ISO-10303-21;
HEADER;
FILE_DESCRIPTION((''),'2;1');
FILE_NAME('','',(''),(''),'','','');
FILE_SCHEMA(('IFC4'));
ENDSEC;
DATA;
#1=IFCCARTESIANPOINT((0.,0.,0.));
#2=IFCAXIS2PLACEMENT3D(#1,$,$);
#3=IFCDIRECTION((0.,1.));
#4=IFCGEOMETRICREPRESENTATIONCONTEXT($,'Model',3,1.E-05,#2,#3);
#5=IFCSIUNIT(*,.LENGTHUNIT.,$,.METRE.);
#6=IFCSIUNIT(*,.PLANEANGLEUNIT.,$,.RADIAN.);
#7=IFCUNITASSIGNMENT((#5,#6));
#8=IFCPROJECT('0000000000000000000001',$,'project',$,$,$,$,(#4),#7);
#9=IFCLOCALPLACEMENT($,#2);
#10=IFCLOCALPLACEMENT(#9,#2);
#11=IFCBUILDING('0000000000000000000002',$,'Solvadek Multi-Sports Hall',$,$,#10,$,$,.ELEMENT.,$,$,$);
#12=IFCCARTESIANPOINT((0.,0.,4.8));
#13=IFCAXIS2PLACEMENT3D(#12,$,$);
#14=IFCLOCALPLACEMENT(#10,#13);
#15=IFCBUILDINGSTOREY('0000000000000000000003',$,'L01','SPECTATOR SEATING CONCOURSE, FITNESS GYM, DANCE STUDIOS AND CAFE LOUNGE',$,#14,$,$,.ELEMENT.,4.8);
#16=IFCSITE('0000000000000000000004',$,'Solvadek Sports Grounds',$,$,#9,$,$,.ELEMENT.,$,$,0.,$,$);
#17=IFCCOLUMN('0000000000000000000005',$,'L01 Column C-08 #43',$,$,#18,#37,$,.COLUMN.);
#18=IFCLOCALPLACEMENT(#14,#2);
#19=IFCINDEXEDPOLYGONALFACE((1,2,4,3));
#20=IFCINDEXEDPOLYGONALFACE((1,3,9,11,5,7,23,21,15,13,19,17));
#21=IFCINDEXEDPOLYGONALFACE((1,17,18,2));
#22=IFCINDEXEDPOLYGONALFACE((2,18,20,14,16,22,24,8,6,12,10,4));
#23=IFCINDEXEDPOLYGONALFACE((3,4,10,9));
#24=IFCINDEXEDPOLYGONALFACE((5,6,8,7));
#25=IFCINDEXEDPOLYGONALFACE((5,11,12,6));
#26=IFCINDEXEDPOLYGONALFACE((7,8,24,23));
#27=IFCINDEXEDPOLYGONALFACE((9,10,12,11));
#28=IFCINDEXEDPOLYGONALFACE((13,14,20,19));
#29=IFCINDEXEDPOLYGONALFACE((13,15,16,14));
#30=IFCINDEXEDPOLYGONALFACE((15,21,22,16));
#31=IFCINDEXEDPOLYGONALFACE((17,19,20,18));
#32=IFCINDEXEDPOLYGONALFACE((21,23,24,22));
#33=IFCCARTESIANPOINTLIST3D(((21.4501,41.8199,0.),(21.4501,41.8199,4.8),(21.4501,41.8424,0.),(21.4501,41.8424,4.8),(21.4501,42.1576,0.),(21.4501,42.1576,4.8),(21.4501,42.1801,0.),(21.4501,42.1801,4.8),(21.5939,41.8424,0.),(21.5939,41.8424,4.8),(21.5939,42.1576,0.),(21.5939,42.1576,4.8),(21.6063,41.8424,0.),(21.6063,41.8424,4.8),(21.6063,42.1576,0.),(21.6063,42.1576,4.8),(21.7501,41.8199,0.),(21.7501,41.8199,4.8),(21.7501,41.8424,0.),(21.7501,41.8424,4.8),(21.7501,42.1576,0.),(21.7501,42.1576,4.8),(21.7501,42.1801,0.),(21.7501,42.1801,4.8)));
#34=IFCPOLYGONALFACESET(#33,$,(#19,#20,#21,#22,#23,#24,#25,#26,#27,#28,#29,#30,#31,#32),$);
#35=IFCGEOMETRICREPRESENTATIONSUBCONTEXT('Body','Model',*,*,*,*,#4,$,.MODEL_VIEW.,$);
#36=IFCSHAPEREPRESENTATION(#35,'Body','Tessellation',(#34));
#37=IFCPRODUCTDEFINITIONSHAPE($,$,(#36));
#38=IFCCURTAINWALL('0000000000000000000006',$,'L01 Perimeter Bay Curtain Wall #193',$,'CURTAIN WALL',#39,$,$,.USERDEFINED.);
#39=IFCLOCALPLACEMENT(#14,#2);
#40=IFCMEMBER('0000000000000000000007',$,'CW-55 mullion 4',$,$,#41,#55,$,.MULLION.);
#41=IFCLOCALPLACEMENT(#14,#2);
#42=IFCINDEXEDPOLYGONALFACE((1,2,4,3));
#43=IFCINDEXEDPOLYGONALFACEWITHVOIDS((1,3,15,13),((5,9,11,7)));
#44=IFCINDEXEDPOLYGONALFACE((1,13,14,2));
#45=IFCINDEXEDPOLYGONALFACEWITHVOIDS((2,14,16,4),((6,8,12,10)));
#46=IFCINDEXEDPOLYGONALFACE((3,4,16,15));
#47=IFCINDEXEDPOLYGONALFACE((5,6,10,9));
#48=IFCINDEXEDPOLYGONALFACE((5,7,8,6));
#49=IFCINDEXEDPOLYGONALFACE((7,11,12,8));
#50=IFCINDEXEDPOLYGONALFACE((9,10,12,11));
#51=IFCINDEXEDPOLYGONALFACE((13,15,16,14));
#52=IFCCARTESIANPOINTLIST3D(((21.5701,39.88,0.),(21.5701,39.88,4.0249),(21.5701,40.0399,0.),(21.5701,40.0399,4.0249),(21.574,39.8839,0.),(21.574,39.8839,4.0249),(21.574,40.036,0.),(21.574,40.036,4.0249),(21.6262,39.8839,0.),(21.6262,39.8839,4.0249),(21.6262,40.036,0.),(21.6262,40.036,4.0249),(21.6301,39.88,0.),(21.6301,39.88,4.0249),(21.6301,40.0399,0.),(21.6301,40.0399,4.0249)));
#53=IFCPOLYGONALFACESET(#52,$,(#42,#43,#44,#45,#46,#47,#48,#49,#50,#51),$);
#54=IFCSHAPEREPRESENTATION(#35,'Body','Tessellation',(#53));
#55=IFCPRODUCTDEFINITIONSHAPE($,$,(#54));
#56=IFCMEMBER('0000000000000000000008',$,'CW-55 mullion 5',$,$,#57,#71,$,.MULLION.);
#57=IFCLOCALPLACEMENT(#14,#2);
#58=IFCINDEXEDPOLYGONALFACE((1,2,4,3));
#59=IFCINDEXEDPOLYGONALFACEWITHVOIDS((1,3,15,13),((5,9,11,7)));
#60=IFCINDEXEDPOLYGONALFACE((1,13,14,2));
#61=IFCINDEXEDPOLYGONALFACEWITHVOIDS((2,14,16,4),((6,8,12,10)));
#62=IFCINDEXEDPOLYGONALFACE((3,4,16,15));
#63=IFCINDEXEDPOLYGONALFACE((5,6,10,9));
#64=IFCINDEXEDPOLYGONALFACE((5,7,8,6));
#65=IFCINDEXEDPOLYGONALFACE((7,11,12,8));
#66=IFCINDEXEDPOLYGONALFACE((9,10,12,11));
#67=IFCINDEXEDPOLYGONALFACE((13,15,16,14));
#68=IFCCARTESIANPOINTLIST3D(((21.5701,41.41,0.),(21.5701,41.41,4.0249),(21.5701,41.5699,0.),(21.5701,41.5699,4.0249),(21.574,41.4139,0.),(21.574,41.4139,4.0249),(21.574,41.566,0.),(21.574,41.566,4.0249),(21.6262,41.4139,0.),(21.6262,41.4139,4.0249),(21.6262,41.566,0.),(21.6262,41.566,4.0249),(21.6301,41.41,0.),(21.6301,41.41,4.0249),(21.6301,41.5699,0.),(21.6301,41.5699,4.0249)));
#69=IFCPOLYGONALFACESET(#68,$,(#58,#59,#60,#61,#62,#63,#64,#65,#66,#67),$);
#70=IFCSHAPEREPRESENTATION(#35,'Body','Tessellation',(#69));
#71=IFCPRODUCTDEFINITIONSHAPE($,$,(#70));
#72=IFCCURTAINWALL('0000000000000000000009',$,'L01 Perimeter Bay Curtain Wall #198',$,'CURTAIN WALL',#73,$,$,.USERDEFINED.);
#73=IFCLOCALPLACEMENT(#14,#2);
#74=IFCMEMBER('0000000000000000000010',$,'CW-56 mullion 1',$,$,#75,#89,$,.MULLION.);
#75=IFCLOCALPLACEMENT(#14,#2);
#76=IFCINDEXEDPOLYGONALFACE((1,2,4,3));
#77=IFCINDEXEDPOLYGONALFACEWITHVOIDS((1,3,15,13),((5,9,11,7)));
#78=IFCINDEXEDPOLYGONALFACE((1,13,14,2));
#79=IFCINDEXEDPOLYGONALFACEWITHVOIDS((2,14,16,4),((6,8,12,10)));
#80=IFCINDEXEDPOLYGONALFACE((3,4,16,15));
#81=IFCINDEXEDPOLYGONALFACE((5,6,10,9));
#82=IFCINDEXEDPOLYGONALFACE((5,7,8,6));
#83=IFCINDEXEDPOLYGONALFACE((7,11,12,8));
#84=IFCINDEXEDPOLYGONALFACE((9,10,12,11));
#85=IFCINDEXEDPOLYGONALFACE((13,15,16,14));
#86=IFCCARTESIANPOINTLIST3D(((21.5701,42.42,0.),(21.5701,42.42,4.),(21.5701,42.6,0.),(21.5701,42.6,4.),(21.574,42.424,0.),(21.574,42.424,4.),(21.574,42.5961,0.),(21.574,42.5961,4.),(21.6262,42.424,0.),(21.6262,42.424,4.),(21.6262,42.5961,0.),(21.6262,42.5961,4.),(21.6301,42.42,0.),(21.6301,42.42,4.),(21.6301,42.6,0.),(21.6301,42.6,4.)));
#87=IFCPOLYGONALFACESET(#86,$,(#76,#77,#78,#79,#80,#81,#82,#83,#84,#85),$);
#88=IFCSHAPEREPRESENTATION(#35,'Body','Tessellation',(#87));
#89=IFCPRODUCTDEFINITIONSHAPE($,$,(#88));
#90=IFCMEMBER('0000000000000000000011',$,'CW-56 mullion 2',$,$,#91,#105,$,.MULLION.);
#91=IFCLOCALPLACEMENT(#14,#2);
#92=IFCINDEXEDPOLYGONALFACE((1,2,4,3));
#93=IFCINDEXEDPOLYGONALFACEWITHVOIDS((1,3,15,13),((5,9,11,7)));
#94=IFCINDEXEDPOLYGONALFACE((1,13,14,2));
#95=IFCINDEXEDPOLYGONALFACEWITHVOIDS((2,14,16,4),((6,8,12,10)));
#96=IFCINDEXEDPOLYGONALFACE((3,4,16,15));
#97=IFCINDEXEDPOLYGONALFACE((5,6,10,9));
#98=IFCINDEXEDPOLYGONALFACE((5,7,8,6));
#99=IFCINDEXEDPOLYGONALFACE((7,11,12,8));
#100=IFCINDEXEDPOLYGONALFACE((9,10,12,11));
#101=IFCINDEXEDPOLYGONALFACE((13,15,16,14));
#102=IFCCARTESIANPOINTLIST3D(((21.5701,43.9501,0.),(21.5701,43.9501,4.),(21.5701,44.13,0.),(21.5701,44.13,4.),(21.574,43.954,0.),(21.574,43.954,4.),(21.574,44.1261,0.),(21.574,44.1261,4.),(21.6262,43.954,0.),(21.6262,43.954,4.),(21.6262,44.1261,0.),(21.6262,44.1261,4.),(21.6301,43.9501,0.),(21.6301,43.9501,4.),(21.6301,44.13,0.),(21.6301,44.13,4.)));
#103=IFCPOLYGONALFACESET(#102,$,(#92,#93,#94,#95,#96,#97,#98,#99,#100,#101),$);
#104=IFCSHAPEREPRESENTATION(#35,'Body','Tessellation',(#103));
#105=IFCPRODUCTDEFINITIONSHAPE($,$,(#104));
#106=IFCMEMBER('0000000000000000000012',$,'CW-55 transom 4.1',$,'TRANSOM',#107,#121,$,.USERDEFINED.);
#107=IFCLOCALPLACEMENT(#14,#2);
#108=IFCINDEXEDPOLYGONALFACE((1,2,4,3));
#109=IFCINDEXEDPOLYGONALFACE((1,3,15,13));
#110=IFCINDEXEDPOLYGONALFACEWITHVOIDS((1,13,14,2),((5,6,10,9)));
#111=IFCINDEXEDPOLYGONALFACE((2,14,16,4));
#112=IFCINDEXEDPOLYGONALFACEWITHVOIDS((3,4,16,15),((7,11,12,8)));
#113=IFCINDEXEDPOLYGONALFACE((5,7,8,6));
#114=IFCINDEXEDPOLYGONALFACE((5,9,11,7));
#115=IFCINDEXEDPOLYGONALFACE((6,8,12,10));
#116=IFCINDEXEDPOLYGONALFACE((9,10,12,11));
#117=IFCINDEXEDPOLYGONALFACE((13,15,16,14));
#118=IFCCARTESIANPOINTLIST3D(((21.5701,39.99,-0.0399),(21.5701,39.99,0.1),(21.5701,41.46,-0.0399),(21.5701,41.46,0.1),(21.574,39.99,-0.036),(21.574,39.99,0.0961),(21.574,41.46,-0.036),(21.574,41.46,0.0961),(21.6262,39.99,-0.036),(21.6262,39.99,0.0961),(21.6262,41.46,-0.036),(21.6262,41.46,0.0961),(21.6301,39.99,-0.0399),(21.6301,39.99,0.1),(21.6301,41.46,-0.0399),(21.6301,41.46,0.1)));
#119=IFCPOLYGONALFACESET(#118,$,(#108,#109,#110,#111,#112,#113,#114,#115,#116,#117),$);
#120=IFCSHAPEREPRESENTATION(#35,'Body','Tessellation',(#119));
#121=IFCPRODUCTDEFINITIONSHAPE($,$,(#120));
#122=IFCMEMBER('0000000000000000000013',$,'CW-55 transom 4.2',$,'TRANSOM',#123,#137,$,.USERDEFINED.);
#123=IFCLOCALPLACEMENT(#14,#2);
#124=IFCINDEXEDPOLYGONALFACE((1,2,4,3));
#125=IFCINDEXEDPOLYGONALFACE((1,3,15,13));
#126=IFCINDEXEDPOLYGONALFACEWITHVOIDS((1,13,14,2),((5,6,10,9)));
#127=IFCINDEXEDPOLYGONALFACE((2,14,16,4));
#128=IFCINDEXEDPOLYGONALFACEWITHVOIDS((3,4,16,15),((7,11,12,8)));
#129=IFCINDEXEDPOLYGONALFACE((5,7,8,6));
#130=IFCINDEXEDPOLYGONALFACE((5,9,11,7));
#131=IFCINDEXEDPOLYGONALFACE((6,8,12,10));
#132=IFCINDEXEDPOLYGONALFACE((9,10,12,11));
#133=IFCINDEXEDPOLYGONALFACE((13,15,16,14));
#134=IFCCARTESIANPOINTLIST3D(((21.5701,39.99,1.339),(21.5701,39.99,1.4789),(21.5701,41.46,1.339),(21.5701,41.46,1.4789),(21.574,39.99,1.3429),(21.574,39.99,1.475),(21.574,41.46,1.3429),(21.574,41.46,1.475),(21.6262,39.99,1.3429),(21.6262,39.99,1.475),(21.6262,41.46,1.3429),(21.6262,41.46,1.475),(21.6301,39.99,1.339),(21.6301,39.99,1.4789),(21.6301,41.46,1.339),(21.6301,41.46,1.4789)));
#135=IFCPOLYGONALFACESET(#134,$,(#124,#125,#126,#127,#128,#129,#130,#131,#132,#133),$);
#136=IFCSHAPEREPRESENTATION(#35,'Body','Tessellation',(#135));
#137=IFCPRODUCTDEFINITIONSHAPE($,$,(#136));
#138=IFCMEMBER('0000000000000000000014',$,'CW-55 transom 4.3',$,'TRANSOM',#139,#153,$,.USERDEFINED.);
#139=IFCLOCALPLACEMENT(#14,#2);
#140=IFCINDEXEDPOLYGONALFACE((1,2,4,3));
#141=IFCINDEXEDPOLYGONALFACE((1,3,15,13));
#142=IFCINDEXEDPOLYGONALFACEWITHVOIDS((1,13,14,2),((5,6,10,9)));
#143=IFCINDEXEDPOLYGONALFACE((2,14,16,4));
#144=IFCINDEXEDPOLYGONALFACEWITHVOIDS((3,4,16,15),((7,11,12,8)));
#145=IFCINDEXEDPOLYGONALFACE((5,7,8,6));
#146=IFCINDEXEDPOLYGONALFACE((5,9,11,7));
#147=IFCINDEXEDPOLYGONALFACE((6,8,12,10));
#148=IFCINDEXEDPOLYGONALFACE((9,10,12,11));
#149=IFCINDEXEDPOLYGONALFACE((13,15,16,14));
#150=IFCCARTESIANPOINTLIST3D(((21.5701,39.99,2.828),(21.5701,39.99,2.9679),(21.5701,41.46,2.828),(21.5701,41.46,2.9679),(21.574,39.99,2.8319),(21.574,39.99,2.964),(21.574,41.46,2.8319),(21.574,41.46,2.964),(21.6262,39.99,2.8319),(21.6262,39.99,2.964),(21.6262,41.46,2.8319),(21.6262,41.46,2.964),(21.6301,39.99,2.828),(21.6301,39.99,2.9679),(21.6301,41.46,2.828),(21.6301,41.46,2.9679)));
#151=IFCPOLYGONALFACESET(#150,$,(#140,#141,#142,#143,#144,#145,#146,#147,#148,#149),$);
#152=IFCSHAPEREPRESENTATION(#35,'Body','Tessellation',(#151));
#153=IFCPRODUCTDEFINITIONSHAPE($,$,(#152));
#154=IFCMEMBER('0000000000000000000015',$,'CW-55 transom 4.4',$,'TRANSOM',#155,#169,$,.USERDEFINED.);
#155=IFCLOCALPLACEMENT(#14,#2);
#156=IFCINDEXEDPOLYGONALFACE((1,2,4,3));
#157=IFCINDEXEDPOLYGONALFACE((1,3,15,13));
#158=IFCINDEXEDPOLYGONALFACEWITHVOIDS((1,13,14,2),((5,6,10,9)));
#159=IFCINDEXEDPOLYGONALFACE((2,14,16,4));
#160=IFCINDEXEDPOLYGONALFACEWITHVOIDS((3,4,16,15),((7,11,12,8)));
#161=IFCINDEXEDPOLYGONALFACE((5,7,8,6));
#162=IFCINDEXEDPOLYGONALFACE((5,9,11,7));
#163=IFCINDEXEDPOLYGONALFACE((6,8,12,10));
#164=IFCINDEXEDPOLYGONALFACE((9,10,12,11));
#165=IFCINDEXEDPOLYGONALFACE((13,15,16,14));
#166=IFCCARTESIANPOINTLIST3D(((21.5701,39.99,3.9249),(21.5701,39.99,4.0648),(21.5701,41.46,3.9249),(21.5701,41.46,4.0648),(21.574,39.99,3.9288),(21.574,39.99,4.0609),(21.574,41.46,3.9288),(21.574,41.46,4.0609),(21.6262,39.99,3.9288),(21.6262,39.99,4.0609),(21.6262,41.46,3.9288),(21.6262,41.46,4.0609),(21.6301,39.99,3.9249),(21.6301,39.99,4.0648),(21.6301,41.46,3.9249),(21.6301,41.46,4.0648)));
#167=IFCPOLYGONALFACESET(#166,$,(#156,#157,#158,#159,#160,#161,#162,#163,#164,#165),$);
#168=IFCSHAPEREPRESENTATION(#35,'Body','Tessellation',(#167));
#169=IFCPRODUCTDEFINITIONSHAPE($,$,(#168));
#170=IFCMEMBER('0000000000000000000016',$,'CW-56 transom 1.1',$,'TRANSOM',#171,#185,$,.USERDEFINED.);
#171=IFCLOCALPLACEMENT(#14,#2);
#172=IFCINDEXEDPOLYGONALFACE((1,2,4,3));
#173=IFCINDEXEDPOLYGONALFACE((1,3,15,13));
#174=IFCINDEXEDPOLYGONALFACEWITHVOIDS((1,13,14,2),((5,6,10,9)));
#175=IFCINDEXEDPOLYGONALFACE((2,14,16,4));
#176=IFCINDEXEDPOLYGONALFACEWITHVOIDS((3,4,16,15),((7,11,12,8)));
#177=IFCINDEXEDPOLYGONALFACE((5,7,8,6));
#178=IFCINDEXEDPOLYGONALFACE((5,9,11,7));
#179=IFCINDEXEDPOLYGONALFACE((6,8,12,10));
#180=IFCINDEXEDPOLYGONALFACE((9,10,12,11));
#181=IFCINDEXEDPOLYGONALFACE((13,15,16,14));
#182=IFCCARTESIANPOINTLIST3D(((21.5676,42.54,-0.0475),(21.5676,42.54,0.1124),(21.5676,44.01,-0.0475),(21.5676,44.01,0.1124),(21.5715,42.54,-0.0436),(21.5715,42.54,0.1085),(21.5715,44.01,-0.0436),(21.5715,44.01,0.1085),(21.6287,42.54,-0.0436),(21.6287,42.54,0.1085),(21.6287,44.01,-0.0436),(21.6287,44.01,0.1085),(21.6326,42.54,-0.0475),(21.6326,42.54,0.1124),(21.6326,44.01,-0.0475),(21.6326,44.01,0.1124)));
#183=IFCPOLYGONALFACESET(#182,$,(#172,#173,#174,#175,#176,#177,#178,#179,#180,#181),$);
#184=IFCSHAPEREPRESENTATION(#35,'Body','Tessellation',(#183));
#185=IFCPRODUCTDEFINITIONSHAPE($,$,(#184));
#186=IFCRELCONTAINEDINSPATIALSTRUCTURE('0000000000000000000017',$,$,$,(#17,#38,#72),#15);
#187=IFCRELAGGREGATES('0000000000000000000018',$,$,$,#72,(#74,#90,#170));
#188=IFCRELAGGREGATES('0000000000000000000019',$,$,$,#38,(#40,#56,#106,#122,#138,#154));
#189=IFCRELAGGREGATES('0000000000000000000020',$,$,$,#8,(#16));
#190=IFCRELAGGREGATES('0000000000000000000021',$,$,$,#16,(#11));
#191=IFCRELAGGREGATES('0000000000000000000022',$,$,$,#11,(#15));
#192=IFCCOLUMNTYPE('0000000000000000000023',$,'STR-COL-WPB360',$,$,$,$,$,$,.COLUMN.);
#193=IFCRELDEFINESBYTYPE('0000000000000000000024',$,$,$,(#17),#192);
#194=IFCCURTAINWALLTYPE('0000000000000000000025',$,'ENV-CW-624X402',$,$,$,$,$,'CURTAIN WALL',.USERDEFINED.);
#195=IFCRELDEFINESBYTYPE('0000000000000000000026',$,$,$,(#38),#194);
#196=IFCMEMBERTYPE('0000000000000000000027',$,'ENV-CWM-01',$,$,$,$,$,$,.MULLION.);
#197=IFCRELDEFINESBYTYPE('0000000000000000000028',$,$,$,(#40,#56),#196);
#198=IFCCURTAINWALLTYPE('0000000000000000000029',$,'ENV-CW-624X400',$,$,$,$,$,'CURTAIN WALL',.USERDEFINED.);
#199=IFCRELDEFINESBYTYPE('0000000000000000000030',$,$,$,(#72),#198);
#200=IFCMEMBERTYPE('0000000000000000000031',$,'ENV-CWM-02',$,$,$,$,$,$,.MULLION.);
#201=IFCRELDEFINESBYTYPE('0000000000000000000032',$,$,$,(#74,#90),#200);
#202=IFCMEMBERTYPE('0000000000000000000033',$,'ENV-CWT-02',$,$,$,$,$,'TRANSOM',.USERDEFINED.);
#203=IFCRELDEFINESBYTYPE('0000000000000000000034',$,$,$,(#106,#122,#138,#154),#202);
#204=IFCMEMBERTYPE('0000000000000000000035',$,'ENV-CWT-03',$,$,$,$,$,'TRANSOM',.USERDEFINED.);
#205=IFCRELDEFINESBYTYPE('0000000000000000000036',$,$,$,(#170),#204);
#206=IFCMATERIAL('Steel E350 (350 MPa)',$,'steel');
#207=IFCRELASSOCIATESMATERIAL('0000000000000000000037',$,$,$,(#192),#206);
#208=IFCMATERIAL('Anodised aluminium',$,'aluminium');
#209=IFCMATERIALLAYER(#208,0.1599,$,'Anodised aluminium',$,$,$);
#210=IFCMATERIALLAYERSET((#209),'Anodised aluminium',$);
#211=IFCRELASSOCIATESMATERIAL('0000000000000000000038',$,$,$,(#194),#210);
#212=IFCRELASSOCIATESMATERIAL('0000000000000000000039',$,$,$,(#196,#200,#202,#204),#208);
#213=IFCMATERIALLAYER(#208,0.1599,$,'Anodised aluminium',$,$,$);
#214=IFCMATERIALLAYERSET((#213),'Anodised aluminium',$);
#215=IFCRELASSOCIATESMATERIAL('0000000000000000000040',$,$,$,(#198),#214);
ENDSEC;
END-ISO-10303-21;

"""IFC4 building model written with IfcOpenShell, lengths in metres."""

from ifc_helpers import new_model, si_unit, direction, frame, origin, origin_2d, place, context, subcontext, project, spatial, hollow_rectangle, i_section, extrude, material, layer, layer_set, material_profile, profile_set, type_object, element, aggregate, save


model = new_model("IFC4")

# Units and contexts
model_context = context("Model", 3, precision=1e-05, world=origin(), true_north=direction((0.0, 1.0)))
body_context = subcontext(model_context, "Body", "Model", "MODEL_VIEW")
ifc_project = project(units=[si_unit("LENGTHUNIT", "METRE"), si_unit("PLANEANGLEUNIT", "RADIAN")], contexts=[model_context])

# Site, building, storey
site_placement = place(None, origin())
site = spatial("IfcSite", under=ifc_project, at=site_placement, Name="Solvadek Sports Grounds", CompositionType="ELEMENT", RefElevation=0.0)
building_placement = place(site_placement, origin())
building = spatial("IfcBuilding", under=site, at=building_placement, Name="Solvadek Multi-Sports Hall", CompositionType="ELEMENT")
storey_placement = place(building_placement, frame((0.0, 0.0, 4.8)))
storey = spatial("IfcBuildingStorey", under=building, at=storey_placement, Name="L01", Description="SPECTATOR SEATING CONCOURSE, FITNESS GYM, DANCE STUDIOS AND CAFE LOUNGE", CompositionType="ELEMENT", Elevation=4.8)

# Column
ifc_material_1 = material(Name="Steel E350 (350 MPa)", Category="steel")
ifc_material_profile_1 = material_profile(ifc_material_1, i_section(OverallWidth=0.3, OverallDepth=0.3601, WebThickness=0.0125, FlangeThickness=0.0225, at=origin_2d()), Name="WPB 360")
ifc_profile_set_1 = profile_set([ifc_material_profile_1], Name="Steel E350 (350 MPa)")
column_type = type_object("IfcColumnType", Name="STR-COL-WPB360", PredefinedType="COLUMN", material=ifc_profile_set_1)
column_placement = place(storey_placement, frame((21.6001, 42.0, 0.0), z_axis=(0.0, 0.0, 1.0), x_axis=(1.0, 0.0, 0.0)))
element("IfcColumn", 1, at=column_placement, inside=storey, type_object=column_type, Name="L01 Column C-08 #43", PredefinedType="COLUMN", context=body_context, shape_type="SweptSolid", body=[
    extrude(i_section(OverallWidth=0.3, OverallDepth=0.3601, WebThickness=0.0125, FlangeThickness=0.0225, at=origin_2d()), origin(), (0.0, 0.0, 1.0), 4.8),
])

# Curtain walls, members
ifc_material_2 = material(Name="Anodised aluminium", Category="aluminium")
ifc_layer_1 = layer(ifc_material_2, 0.1599, Name="Anodised aluminium")
ifc_layer_set_1 = layer_set([ifc_layer_1], Name="Anodised aluminium")
curtain_wall_type_1 = type_object("IfcCurtainWallType", Name="ENV-CW-624X402", ElementType="CURTAIN WALL", PredefinedType="USERDEFINED", material=ifc_layer_set_1)
curtain_wall_1_placement = place(storey_placement, origin())
curtain_wall_1 = element("IfcCurtainWall", 2, at=curtain_wall_1_placement, inside=storey, type_object=curtain_wall_type_1, Name="L01 Perimeter Bay Curtain Wall #193", ObjectType="CURTAIN WALL", PredefinedType="USERDEFINED")
ifc_material_profile_2 = material_profile(ifc_material_2, hollow_rectangle(XDim=0.0601, YDim=0.1599, WallThickness=0.0039, at=origin_2d()), Name="ALU-M 160x60x4")
ifc_profile_set_2 = profile_set([ifc_material_profile_2], Name="Anodised aluminium")
member_type_1 = type_object("IfcMemberType", Name="ENV-CWM-01", PredefinedType="MULLION", material=ifc_profile_set_2)
member_1_placement = place(storey_placement, frame((21.6001, 39.96, 0.0), z_axis=(0.0, 0.0, 1.0), x_axis=(-1.0, 0.0, 0.0)))
member_1 = element("IfcMember", 3, at=member_1_placement, type_object=member_type_1, Name="CW-55 mullion 4", PredefinedType="MULLION", context=body_context, shape_type="SweptSolid", body=[
    extrude(hollow_rectangle(XDim=0.0601, YDim=0.1599, WallThickness=0.0039, at=origin_2d()), origin(), (0.0, 0.0, 1.0), 4.0249),
])
member_2_placement = place(storey_placement, frame((21.6001, 41.49, 0.0), z_axis=(0.0, 0.0, 1.0), x_axis=(-1.0, 0.0, 0.0)))
member_2 = element("IfcMember", 4, at=member_2_placement, type_object=member_type_1, Name="CW-55 mullion 5", PredefinedType="MULLION", context=body_context, shape_type="SweptSolid", body=[
    extrude(hollow_rectangle(XDim=0.0601, YDim=0.1599, WallThickness=0.0039, at=origin_2d()), origin(), (0.0, 0.0, 1.0), 4.0249),
])
ifc_layer_2 = layer(ifc_material_2, 0.1599, Name="Anodised aluminium")
ifc_layer_set_2 = layer_set([ifc_layer_2], Name="Anodised aluminium")
curtain_wall_type_2 = type_object("IfcCurtainWallType", Name="ENV-CW-624X400", ElementType="CURTAIN WALL", PredefinedType="USERDEFINED", material=ifc_layer_set_2)
curtain_wall_2_placement = place(storey_placement, origin())
curtain_wall_2 = element("IfcCurtainWall", 5, at=curtain_wall_2_placement, inside=storey, type_object=curtain_wall_type_2, Name="L01 Perimeter Bay Curtain Wall #198", ObjectType="CURTAIN WALL", PredefinedType="USERDEFINED")
ifc_material_profile_3 = material_profile(ifc_material_2, hollow_rectangle(XDim=0.0601, YDim=0.1799, WallThickness=0.0039, at=origin_2d()), Name="ALU-M 180x60x4")
ifc_profile_set_3 = profile_set([ifc_material_profile_3], Name="Anodised aluminium")
member_type_2 = type_object("IfcMemberType", Name="ENV-CWM-02", PredefinedType="MULLION", material=ifc_profile_set_3)
member_3_placement = place(storey_placement, frame((21.6001, 42.51, 0.0), z_axis=(0.0, 0.0, 1.0), x_axis=(-1.0, 0.0, 0.0)))
member_3 = element("IfcMember", 6, at=member_3_placement, type_object=member_type_2, Name="CW-56 mullion 1", PredefinedType="MULLION", context=body_context, shape_type="SweptSolid", body=[
    extrude(hollow_rectangle(XDim=0.0601, YDim=0.1799, WallThickness=0.0039, at=origin_2d()), origin(), (0.0, 0.0, 1.0), 4.0),
])
member_4_placement = place(storey_placement, frame((21.6001, 44.04, 0.0), z_axis=(0.0, 0.0, 1.0), x_axis=(-1.0, 0.0, 0.0)))
member_4 = element("IfcMember", 7, at=member_4_placement, type_object=member_type_2, Name="CW-56 mullion 2", PredefinedType="MULLION", context=body_context, shape_type="SweptSolid", body=[
    extrude(hollow_rectangle(XDim=0.0601, YDim=0.1799, WallThickness=0.0039, at=origin_2d()), origin(), (0.0, 0.0, 1.0), 4.0),
])

# Members
ifc_material_profile_4 = material_profile(ifc_material_2, hollow_rectangle(XDim=0.0601, YDim=0.1399, WallThickness=0.0039, at=origin_2d()), Name="ALU-T 140x60x4")
ifc_profile_set_4 = profile_set([ifc_material_profile_4], Name="Anodised aluminium")
member_type_3 = type_object("IfcMemberType", Name="ENV-CWT-02", ElementType="TRANSOM", PredefinedType="USERDEFINED", material=ifc_profile_set_4)
member_5_placement = place(storey_placement, frame((21.6001, 39.99, 0.03), z_axis=(0.0, 1.0, 0.0), x_axis=(-1.0, 0.0, 0.0)))
member_5 = element("IfcMember", 8, at=member_5_placement, type_object=member_type_3, Name="CW-55 transom 4.1", ObjectType="TRANSOM", PredefinedType="USERDEFINED", context=body_context, shape_type="SweptSolid", body=[
    extrude(hollow_rectangle(XDim=0.0601, YDim=0.1399, WallThickness=0.0039, at=origin_2d()), origin(), (0.0, 0.0, 1.0), 1.47),
])
member_6_placement = place(storey_placement, frame((21.6001, 39.99, 1.4089), z_axis=(0.0, 1.0, 0.0), x_axis=(-1.0, 0.0, 0.0)))
member_6 = element("IfcMember", 9, at=member_6_placement, type_object=member_type_3, Name="CW-55 transom 4.2", ObjectType="TRANSOM", PredefinedType="USERDEFINED", context=body_context, shape_type="SweptSolid", body=[
    extrude(hollow_rectangle(XDim=0.0601, YDim=0.1399, WallThickness=0.0039, at=origin_2d()), origin(), (0.0, 0.0, 1.0), 1.47),
])
member_7_placement = place(storey_placement, frame((21.6001, 39.99, 2.8979), z_axis=(0.0, 1.0, 0.0), x_axis=(-1.0, 0.0, 0.0)))
member_7 = element("IfcMember", 10, at=member_7_placement, type_object=member_type_3, Name="CW-55 transom 4.3", ObjectType="TRANSOM", PredefinedType="USERDEFINED", context=body_context, shape_type="SweptSolid", body=[
    extrude(hollow_rectangle(XDim=0.0601, YDim=0.1399, WallThickness=0.0039, at=origin_2d()), origin(), (0.0, 0.0, 1.0), 1.47),
])
member_8_placement = place(storey_placement, frame((21.6001, 39.99, 3.9949), z_axis=(0.0, 1.0, 0.0), x_axis=(-1.0, 0.0, 0.0)))
member_8 = element("IfcMember", 11, at=member_8_placement, type_object=member_type_3, Name="CW-55 transom 4.4", ObjectType="TRANSOM", PredefinedType="USERDEFINED", context=body_context, shape_type="SweptSolid", body=[
    extrude(hollow_rectangle(XDim=0.0601, YDim=0.1399, WallThickness=0.0039, at=origin_2d()), origin(), (0.0, 0.0, 1.0), 1.47),
])
ifc_material_profile_5 = material_profile(ifc_material_2, hollow_rectangle(XDim=0.0649, YDim=0.1599, WallThickness=0.0039, at=origin_2d()), Name="ALU-T 160x65x4")
ifc_profile_set_5 = profile_set([ifc_material_profile_5], Name="Anodised aluminium")
member_type_4 = type_object("IfcMemberType", Name="ENV-CWT-03", ElementType="TRANSOM", PredefinedType="USERDEFINED", material=ifc_profile_set_5)
member_9_placement = place(storey_placement, frame((21.6001, 42.54, 0.0325), z_axis=(0.0, 1.0, 0.0), x_axis=(-1.0, 0.0, 0.0)))
member_9 = element("IfcMember", 12, at=member_9_placement, type_object=member_type_4, Name="CW-56 transom 1.1", ObjectType="TRANSOM", PredefinedType="USERDEFINED", context=body_context, shape_type="SweptSolid", body=[
    extrude(hollow_rectangle(XDim=0.0649, YDim=0.1599, WallThickness=0.0039, at=origin_2d()), origin(), (0.0, 0.0, 1.0), 1.47),
])

aggregate(curtain_wall_2, [member_3, member_4, member_9])
aggregate(curtain_wall_1, [member_1, member_2, member_5, member_6, member_7, member_8])

save(model, "model.ifc")
